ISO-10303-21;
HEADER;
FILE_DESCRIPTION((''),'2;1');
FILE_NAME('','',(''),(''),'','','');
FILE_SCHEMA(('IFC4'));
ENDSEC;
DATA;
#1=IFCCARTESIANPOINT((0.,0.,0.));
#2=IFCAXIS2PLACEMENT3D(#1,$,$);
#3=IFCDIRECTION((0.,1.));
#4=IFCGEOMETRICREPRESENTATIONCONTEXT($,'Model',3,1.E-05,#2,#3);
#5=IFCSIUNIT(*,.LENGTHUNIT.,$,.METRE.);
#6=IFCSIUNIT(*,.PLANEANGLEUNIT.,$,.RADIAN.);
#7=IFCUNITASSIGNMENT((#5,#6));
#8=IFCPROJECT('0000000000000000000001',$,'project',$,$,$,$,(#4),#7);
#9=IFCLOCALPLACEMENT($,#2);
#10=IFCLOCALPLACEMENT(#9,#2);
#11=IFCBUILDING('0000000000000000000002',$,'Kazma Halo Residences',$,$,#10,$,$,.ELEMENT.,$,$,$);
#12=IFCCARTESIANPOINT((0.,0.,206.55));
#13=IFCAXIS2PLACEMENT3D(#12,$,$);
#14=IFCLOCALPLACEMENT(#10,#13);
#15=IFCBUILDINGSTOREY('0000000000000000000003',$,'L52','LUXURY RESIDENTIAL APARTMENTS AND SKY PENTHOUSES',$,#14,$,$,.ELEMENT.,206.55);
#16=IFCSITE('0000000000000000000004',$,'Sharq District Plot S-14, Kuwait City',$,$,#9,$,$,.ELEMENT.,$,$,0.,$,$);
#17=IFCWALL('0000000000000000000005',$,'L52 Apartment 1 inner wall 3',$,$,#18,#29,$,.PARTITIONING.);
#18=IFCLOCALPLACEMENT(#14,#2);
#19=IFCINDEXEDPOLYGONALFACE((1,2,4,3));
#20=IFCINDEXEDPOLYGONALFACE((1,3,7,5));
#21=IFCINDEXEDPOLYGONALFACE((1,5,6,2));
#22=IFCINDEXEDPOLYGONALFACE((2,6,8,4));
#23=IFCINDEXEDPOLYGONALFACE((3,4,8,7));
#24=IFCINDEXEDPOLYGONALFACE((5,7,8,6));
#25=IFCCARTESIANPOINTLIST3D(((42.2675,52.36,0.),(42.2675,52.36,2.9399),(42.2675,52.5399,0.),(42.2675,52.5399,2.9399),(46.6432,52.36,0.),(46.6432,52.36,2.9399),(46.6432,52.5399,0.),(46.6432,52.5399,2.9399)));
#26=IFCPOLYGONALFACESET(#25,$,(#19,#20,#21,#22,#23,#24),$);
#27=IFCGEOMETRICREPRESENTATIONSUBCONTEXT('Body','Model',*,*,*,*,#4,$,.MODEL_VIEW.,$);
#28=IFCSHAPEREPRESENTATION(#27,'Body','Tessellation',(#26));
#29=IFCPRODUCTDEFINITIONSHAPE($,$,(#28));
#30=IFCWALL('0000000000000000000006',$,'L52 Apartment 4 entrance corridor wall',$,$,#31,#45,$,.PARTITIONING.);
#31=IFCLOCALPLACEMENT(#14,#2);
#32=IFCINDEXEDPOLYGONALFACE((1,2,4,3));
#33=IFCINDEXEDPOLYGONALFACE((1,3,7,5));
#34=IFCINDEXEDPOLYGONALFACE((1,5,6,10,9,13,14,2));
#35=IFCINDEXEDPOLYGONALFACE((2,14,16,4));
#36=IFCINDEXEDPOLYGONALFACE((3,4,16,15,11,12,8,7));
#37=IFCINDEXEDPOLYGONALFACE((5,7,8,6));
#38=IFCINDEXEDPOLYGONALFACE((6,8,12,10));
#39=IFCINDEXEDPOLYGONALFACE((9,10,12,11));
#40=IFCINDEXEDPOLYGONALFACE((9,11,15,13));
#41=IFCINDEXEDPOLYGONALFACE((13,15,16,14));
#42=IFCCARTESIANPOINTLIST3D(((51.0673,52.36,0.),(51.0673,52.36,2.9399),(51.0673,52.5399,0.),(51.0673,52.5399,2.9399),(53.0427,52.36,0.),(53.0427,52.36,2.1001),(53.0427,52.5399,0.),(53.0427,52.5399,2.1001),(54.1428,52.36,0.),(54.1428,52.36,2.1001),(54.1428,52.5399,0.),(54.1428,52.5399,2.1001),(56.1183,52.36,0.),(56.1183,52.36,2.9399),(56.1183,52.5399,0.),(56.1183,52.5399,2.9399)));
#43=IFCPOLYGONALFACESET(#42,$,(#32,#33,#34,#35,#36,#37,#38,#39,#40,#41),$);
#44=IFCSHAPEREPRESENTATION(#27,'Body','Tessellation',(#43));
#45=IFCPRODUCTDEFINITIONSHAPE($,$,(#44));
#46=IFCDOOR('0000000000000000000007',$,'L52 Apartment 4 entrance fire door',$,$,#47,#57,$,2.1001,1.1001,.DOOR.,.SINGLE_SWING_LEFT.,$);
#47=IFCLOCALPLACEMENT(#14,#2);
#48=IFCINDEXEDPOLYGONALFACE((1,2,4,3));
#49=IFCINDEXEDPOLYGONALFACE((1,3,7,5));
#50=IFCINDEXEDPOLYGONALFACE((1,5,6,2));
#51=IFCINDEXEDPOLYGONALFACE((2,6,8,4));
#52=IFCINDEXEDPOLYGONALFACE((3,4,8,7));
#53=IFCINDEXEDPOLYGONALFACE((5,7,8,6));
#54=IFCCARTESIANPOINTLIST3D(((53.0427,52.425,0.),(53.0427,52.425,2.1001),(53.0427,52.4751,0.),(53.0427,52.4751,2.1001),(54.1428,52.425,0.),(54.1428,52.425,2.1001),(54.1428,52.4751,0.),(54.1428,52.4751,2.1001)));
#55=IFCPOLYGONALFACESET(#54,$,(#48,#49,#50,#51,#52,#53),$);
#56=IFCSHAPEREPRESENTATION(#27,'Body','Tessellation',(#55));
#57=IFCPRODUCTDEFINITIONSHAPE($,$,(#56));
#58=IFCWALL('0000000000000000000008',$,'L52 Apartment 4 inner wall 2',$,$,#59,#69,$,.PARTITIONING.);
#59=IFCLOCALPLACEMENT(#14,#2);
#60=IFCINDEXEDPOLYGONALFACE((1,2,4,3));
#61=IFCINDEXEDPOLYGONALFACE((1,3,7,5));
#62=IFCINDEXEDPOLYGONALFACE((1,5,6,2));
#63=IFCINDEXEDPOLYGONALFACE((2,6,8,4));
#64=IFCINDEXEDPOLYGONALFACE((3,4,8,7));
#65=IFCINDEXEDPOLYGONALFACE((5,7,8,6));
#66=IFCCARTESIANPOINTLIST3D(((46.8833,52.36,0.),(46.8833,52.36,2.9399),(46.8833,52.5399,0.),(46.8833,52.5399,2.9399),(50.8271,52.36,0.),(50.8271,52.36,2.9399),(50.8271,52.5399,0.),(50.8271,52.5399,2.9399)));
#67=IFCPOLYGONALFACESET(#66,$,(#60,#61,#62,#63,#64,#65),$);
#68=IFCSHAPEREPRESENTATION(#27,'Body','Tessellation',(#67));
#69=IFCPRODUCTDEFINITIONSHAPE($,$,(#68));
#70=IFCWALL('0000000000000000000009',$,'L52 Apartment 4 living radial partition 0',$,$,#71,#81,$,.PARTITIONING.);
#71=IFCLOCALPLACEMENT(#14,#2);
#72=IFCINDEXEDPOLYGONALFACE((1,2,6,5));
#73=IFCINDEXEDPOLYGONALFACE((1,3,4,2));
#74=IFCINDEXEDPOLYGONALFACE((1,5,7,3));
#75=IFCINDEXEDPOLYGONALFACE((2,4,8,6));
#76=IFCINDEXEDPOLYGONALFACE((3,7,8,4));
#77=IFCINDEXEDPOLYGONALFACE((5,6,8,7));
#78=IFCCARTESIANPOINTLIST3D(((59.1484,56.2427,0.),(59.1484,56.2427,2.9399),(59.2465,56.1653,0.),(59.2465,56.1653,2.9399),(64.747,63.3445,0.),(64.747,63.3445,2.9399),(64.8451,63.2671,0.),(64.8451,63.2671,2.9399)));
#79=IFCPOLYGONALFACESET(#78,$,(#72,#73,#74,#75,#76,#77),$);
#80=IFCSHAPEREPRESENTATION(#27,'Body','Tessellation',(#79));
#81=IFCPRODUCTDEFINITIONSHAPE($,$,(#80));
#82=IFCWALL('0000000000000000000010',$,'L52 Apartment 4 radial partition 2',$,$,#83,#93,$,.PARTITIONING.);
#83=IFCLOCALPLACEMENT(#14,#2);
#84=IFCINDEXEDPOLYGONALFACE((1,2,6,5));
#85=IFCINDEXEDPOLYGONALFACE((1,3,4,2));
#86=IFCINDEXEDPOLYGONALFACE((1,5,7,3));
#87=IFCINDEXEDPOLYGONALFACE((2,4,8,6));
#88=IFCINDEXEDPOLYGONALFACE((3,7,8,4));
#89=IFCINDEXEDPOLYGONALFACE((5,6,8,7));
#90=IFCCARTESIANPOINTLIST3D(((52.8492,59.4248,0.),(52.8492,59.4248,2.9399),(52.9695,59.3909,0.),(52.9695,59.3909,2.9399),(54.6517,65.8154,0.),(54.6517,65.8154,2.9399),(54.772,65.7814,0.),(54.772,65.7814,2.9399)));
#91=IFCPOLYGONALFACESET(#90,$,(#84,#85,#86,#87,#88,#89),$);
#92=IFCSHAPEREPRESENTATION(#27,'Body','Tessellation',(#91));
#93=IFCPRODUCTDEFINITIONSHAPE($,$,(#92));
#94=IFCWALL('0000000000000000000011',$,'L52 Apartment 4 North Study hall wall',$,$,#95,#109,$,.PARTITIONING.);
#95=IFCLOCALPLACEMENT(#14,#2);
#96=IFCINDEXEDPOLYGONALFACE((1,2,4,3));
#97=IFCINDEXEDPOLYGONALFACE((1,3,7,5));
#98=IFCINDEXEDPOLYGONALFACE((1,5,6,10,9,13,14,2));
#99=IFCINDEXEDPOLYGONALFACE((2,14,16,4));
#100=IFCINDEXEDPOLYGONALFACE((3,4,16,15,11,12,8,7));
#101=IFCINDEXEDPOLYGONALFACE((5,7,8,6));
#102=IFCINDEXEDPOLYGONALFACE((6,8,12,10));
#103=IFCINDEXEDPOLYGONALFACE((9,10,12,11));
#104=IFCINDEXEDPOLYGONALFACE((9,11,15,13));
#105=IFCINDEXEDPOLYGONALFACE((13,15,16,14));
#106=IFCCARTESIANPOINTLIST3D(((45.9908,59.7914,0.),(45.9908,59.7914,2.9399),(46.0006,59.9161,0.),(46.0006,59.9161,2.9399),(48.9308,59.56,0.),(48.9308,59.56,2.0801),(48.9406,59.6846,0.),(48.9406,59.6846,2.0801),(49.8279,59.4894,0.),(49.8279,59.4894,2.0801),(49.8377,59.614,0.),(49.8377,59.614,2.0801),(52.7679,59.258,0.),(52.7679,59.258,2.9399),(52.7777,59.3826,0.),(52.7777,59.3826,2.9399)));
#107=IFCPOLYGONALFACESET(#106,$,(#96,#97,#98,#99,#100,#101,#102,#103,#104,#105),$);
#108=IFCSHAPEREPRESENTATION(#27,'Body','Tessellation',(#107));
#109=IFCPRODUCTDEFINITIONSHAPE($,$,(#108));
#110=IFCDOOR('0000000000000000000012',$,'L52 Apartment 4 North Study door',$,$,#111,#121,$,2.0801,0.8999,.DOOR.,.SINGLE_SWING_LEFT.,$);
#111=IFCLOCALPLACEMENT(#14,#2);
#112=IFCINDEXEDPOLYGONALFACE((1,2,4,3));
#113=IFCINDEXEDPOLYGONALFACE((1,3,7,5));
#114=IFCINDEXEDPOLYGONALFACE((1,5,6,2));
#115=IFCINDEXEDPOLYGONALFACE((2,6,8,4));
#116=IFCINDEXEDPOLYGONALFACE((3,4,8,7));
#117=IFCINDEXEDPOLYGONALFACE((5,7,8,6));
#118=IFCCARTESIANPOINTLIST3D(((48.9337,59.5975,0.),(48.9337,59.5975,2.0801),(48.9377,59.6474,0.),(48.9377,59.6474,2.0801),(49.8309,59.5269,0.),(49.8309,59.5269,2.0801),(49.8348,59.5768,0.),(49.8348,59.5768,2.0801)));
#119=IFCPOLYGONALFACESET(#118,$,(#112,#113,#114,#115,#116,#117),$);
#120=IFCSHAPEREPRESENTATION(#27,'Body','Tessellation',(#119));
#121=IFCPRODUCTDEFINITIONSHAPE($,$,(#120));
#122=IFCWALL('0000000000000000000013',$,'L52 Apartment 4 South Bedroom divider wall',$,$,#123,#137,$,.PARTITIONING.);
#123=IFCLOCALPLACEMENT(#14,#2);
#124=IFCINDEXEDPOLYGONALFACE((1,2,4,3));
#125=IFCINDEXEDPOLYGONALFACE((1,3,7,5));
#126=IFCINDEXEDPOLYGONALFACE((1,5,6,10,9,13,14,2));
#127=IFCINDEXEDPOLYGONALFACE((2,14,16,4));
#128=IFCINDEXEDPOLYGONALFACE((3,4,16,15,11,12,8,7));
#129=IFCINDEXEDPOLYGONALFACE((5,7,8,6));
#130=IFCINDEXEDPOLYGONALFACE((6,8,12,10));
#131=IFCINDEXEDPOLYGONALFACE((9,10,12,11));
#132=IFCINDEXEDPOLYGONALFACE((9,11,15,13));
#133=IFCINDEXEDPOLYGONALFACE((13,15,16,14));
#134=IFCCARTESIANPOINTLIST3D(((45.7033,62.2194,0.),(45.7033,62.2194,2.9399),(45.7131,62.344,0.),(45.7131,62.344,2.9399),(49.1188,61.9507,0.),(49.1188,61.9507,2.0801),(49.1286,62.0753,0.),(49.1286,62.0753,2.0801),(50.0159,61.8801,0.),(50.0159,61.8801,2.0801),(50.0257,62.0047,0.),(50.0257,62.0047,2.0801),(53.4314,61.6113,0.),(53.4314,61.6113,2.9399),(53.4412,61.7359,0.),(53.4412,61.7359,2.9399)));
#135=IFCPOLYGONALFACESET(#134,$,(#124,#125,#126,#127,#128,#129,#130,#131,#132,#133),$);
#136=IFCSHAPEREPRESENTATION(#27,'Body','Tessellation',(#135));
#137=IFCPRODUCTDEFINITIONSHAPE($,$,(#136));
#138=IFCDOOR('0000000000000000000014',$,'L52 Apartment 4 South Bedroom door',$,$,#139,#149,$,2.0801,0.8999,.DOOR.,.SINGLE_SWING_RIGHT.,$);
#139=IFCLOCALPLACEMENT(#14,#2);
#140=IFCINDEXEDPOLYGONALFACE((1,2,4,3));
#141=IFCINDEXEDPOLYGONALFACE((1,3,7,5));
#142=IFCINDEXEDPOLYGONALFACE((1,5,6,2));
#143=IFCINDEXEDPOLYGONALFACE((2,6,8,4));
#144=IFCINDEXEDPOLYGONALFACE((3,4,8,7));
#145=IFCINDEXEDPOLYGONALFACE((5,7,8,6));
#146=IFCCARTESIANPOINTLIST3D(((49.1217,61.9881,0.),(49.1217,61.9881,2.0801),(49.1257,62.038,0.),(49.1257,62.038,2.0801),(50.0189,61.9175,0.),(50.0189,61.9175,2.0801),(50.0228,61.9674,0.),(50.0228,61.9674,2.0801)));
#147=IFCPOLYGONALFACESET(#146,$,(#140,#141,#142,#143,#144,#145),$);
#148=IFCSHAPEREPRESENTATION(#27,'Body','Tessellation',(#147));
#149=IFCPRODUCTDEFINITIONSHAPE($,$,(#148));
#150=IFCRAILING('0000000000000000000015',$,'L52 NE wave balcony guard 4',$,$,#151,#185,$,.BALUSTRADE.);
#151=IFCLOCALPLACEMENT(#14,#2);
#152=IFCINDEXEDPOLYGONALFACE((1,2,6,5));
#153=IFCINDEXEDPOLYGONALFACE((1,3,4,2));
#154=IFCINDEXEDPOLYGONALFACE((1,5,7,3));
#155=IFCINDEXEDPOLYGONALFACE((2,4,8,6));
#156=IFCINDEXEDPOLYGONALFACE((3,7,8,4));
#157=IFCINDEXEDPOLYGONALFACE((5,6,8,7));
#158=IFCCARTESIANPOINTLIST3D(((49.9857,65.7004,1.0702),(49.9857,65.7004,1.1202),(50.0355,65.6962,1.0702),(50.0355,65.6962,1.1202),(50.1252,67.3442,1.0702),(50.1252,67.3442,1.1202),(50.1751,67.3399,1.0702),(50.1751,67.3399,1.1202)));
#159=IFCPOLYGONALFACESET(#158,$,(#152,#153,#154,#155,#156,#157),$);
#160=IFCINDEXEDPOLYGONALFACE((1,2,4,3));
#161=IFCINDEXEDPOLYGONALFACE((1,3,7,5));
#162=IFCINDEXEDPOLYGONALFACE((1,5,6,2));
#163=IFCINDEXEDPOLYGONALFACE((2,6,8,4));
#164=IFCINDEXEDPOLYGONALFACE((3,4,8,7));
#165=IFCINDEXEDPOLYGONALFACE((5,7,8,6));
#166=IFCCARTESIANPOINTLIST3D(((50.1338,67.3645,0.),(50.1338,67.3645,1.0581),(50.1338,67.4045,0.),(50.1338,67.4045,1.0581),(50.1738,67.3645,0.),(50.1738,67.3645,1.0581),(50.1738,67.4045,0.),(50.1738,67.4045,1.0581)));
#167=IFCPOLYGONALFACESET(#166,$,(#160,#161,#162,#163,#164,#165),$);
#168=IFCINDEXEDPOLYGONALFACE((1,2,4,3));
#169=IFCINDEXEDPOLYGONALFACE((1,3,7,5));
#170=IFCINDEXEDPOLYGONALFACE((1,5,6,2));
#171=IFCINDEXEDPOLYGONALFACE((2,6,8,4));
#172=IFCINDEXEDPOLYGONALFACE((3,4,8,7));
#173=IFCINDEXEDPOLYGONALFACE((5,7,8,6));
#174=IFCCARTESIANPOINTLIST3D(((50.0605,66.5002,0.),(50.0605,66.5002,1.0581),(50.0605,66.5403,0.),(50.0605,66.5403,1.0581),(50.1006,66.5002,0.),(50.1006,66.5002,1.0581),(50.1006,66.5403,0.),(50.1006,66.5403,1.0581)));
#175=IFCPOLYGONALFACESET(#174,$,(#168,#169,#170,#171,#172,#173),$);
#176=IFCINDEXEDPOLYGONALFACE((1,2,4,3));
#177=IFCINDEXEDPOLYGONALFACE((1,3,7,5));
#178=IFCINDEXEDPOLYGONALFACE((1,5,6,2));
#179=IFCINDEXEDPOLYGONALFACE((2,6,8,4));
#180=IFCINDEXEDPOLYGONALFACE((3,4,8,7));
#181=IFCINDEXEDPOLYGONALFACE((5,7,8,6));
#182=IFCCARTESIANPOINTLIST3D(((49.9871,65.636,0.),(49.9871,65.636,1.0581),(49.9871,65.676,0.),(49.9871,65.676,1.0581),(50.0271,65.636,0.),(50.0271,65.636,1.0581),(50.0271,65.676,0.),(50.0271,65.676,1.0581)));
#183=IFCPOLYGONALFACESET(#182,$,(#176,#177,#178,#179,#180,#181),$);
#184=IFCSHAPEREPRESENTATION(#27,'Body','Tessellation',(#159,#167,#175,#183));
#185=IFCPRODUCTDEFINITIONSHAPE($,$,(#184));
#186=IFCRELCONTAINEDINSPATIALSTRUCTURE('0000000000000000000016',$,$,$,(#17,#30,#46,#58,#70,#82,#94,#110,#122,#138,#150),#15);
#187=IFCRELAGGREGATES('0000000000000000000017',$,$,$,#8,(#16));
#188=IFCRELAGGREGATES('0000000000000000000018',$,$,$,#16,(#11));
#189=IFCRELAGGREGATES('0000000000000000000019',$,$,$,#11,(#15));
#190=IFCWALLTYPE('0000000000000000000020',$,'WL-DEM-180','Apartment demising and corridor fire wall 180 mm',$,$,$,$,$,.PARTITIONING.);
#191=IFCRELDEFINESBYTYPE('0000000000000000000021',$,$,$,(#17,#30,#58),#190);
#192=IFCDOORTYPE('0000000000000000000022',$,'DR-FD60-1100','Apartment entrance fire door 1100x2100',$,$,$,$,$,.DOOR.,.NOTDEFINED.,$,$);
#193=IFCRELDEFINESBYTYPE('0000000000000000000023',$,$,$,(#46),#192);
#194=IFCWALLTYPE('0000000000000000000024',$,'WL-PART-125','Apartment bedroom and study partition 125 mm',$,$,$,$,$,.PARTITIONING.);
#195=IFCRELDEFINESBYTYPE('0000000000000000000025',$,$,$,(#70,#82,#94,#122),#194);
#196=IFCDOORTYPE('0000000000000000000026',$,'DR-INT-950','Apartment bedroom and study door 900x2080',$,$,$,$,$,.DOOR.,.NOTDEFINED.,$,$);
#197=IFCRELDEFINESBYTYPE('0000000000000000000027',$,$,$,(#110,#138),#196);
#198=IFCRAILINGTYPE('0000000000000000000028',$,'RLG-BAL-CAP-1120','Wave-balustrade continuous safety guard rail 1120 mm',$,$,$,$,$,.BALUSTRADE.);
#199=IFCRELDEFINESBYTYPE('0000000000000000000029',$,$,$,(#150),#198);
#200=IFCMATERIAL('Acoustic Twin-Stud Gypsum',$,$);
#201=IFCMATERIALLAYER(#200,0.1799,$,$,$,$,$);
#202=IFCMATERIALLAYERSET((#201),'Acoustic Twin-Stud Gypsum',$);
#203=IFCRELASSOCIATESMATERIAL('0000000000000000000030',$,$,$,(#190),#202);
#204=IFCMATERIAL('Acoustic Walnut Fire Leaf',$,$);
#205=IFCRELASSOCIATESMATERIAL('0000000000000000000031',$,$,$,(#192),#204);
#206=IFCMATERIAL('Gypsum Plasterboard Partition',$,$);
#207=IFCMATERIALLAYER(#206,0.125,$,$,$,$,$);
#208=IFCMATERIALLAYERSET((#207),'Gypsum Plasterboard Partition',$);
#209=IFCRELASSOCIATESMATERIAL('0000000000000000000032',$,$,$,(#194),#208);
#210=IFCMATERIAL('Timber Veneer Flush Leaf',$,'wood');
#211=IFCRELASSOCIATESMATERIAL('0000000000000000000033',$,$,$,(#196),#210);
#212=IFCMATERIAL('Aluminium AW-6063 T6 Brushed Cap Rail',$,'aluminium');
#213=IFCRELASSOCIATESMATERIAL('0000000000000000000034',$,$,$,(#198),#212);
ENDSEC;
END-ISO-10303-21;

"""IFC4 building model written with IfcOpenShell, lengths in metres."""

from ifc_helpers import new_model, si_unit, direction, frame, frame_2d, origin, origin_2d, place, context, subcontext, project, spatial, rectangle, extrude, material, layer, layer_set, type_object, element, fill, save


model = new_model("IFC4")

# Units and contexts
model_context = context("Model", 3, precision=1e-05, world=origin(), true_north=direction((0.0, 1.0)))
body_context = subcontext(model_context, "Body", "Model", "MODEL_VIEW")
ifc_project = project(units=[si_unit("LENGTHUNIT", "METRE"), si_unit("PLANEANGLEUNIT", "RADIAN")], contexts=[model_context])

# Site, building, storey
site_placement = place(None, origin())
site = spatial("IfcSite", under=ifc_project, at=site_placement, Name="Sharq District Plot S-14, Kuwait City", CompositionType="ELEMENT", RefElevation=0.0)
building_placement = place(site_placement, origin())
building = spatial("IfcBuilding", under=site, at=building_placement, Name="Kazma Halo Residences", CompositionType="ELEMENT")
storey_placement = place(building_placement, frame((0.0, 0.0, 206.55)))
storey = spatial("IfcBuildingStorey", under=building, at=storey_placement, Name="L52", Description="LUXURY RESIDENTIAL APARTMENTS AND SKY PENTHOUSES", CompositionType="ELEMENT", Elevation=206.55)

# Wall
ifc_material_1 = material(Name="Acoustic Twin-Stud Gypsum")
ifc_layer_1 = layer(ifc_material_1, 0.1799)
ifc_layer_set_1 = layer_set([ifc_layer_1], Name="Acoustic Twin-Stud Gypsum")
wall_type_1 = type_object("IfcWallType", Name="WL-DEM-180", Description="Apartment demising and corridor fire wall 180 mm", PredefinedType="PARTITIONING", material=ifc_layer_set_1)
wall_1_placement = place(storey_placement, frame((46.6433, 52.45, 0.0), z_axis=(0.0, 0.0, 1.0), x_axis=(-1.0, 0.0, 0.0)))
element("IfcWall", 1, at=wall_1_placement, inside=storey, type_object=wall_type_1, Name="L52 Apartment 1 inner wall 3", PredefinedType="PARTITIONING", context=body_context, shape_type="SweptSolid", body=[
    extrude(rectangle(XDim=4.3757, YDim=0.1799, at=frame_2d((2.188, 0.0))), origin(), (0.0, 0.0, 1.0), 2.9399),
])

# Wall, opening, door
wall_2_placement = place(storey_placement, frame((56.1182, 52.45, 0.0), z_axis=(0.0, 0.0, 1.0), x_axis=(-1.0, 0.0, 0.0)))
wall_2 = element("IfcWall", 2, at=wall_2_placement, inside=storey, type_object=wall_type_1, Name="L52 Apartment 4 entrance corridor wall", PredefinedType="PARTITIONING", context=body_context, shape_type="SweptSolid", body=[
    extrude(rectangle(XDim=5.051, YDim=0.1799, at=frame_2d((2.5254, 0.0))), origin(), (0.0, 0.0, 1.0), 2.9399),
])
opening_1_placement = place(wall_2_placement, frame((1.9753, 0.0, 0.0)))
opening_1 = element("IfcOpeningElement", 3, at=opening_1_placement, cuts=wall_2, PredefinedType="OPENING", context=body_context, shape_type="SweptSolid", body=[
    extrude(rectangle(XDim=1.1001, YDim=2.1001, at=frame_2d((0.55, 1.05))), frame((0.0, 0.0999, 0.0), z_axis=(0.0, -1.0, 0.0), x_axis=(1.0, 0.0, 0.0)), (0.0, 0.0, 1.0), 0.2),
])
ifc_material_2 = material(Name="Acoustic Walnut Fire Leaf")
door_type_1 = type_object("IfcDoorType", Name="DR-FD60-1100", Description="Apartment entrance fire door 1100x2100", OperationType="NOTDEFINED", PredefinedType="DOOR", material=ifc_material_2)
door_1_placement = place(opening_1_placement, origin())
door_1 = element("IfcDoor", 4, at=door_1_placement, inside=storey, type_object=door_type_1, Name="L52 Apartment 4 entrance fire door", OperationType="SINGLE_SWING_LEFT", OverallHeight=2.1001, OverallWidth=1.1001, PredefinedType="DOOR", context=body_context, shape_type="SweptSolid", body=[
    extrude(rectangle(XDim=1.1001, YDim=2.1001, at=frame_2d((0.55, 1.05))), frame((0.0, 0.0249, 0.0), z_axis=(0.0, -1.0, 0.0), x_axis=(1.0, 0.0, 0.0)), (0.0, 0.0, 1.0), 0.05),
])
fill(opening_1, door_1)

# Walls
wall_3_placement = place(storey_placement, frame((50.8271, 52.45, 0.0), z_axis=(0.0, 0.0, 1.0), x_axis=(-1.0, 0.0, 0.0)))
element("IfcWall", 5, at=wall_3_placement, inside=storey, type_object=wall_type_1, Name="L52 Apartment 4 inner wall 2", PredefinedType="PARTITIONING", context=body_context, shape_type="SweptSolid", body=[
    extrude(rectangle(XDim=3.9438, YDim=0.1799, at=frame_2d((1.9719, 0.0))), origin(), (0.0, 0.0, 1.0), 2.9399),
])
ifc_material_3 = material(Name="Gypsum Plasterboard Partition")
ifc_layer_2 = layer(ifc_material_3, 0.125)
ifc_layer_set_2 = layer_set([ifc_layer_2], Name="Gypsum Plasterboard Partition")
wall_type_2 = type_object("IfcWallType", Name="WL-PART-125", Description="Apartment bedroom and study partition 125 mm", PredefinedType="PARTITIONING", material=ifc_layer_set_2)
wall_4_placement = place(storey_placement, frame((59.1975, 56.2041, 0.0), z_axis=(0.0, 0.0, 1.0), x_axis=(0.619095, 0.785316, 0.0)))
element("IfcWall", 6, at=wall_4_placement, inside=storey, type_object=wall_type_2, Name="L52 Apartment 4 living radial partition 0", PredefinedType="PARTITIONING", context=body_context, shape_type="SweptSolid", body=[
    extrude(rectangle(XDim=9.0432, YDim=0.125, at=frame_2d((4.5215, 0.0))), origin(), (0.0, 0.0, 1.0), 2.9399),
])
wall_5_placement = place(storey_placement, frame((52.9094, 59.408, 0.0), z_axis=(0.0, 0.0, 1.0), x_axis=(0.271461, 0.962449, 0.0)))
element("IfcWall", 7, at=wall_5_placement, inside=storey, type_object=wall_type_2, Name="L52 Apartment 4 radial partition 2", PredefinedType="PARTITIONING", context=body_context, shape_type="SweptSolid", body=[
    extrude(rectangle(XDim=6.6399, YDim=0.125, at=frame_2d((3.3198, 0.0))), origin(), (0.0, 0.0, 1.0), 2.9399),
])

# Walls, openings, doors
wall_6_placement = place(storey_placement, frame((52.7727, 59.3203, 0.0), z_axis=(0.0, 0.0, 1.0), x_axis=(-0.996916, 0.07847, 0.0)))
wall_6 = element("IfcWall", 8, at=wall_6_placement, inside=storey, type_object=wall_type_2, Name="L52 Apartment 4 North Study hall wall", PredefinedType="PARTITIONING", context=body_context, shape_type="SweptSolid", body=[
    extrude(rectangle(XDim=6.7981, YDim=0.125, at=frame_2d((3.3989, 0.0))), origin(), (0.0, 0.0, 1.0), 2.9399),
])
opening_2_placement = place(wall_6_placement, frame((2.949, 0.0, 0.0)))
opening_2 = element("IfcOpeningElement", 9, at=opening_2_placement, cuts=wall_6, PredefinedType="OPENING", context=body_context, shape_type="SweptSolid", body=[
    extrude(rectangle(XDim=0.8999, YDim=2.0801, at=frame_2d((0.45, 1.04))), frame((0.0, 0.0725, 0.0), z_axis=(0.0, -1.0, 0.0), x_axis=(1.0, 0.0, 0.0)), (0.0, 0.0, 1.0), 0.145),
])
ifc_material_4 = material(Name="Timber Veneer Flush Leaf", Category="wood")
door_type_2 = type_object("IfcDoorType", Name="DR-INT-950", Description="Apartment bedroom and study door 900x2080", OperationType="NOTDEFINED", PredefinedType="DOOR", material=ifc_material_4)
door_2_placement = place(opening_2_placement, origin())
door_2 = element("IfcDoor", 10, at=door_2_placement, inside=storey, type_object=door_type_2, Name="L52 Apartment 4 North Study door", OperationType="SINGLE_SWING_LEFT", OverallHeight=2.0801, OverallWidth=0.8999, PredefinedType="DOOR", context=body_context, shape_type="SweptSolid", body=[
    extrude(rectangle(XDim=0.8999, YDim=2.0801, at=frame_2d((0.45, 1.04))), frame((0.0, 0.0249, 0.0), z_axis=(0.0, -1.0, 0.0), x_axis=(1.0, 0.0, 0.0)), (0.0, 0.0, 1.0), 0.05),
])
fill(opening_2, door_2)
wall_7_placement = place(storey_placement, frame((53.4363, 61.6736, 0.0), z_axis=(0.0, 0.0, 1.0), x_axis=(-0.996918, 0.078452, 0.0)))
wall_7 = element("IfcWall", 11, at=wall_7_placement, inside=storey, type_object=wall_type_2, Name="L52 Apartment 4 South Bedroom divider wall", PredefinedType="PARTITIONING", context=body_context, shape_type="SweptSolid", body=[
    extrude(rectangle(XDim=7.752, YDim=0.125, at=frame_2d((3.876, 0.0))), origin(), (0.0, 0.0, 1.0), 2.9399),
])
opening_3_placement = place(wall_7_placement, frame((3.426, 0.0, 0.0)))
opening_3 = element("IfcOpeningElement", 12, at=opening_3_placement, cuts=wall_7, PredefinedType="OPENING", context=body_context, shape_type="SweptSolid", body=[
    extrude(rectangle(XDim=0.8999, YDim=2.0801, at=frame_2d((0.45, 1.04))), frame((0.0, 0.0725, 0.0), z_axis=(0.0, -1.0, 0.0), x_axis=(1.0, 0.0, 0.0)), (0.0, 0.0, 1.0), 0.145),
])
door_3_placement = place(opening_3_placement, origin())
door_3 = element("IfcDoor", 13, at=door_3_placement, inside=storey, type_object=door_type_2, Name="L52 Apartment 4 South Bedroom door", OperationType="SINGLE_SWING_RIGHT", OverallHeight=2.0801, OverallWidth=0.8999, PredefinedType="DOOR", context=body_context, shape_type="SweptSolid", body=[
    extrude(rectangle(XDim=0.8999, YDim=2.0801, at=frame_2d((0.45, 1.04))), frame((0.0, 0.0249, 0.0), z_axis=(0.0, -1.0, 0.0), x_axis=(1.0, 0.0, 0.0)), (0.0, 0.0, 1.0), 0.05),
])
fill(opening_3, door_3)

# Railing
ifc_material_5 = material(Name="Aluminium AW-6063 T6 Brushed Cap Rail", Category="aluminium")
railing_type = type_object("IfcRailingType", Name="RLG-BAL-CAP-1120", Description="Wave-balustrade continuous safety guard rail 1120 mm", PredefinedType="BALUSTRADE", material=ifc_material_5)
railing_1_placement = place(storey_placement, frame((50.1538, 67.3845, 0.0)))
element("IfcRailing", 14, at=railing_1_placement, inside=storey, type_object=railing_type, Name="L52 NE wave balcony guard 4", PredefinedType="BALUSTRADE", context=body_context, shape_type="SweptSolid", body=[
    extrude(rectangle(XDim=0.05, YDim=0.05, at=origin_2d()), frame((-0.0037, -0.0425, 1.0952), z_axis=(-0.084583, -0.996416, 0.0), x_axis=(0.996416, -0.084583, 0.0)), (0.0, 0.0, 1.0), 1.6497),
    extrude(rectangle(XDim=0.04, YDim=0.04, at=origin_2d()), origin(), (0.0, 0.0, 1.0), 1.0581),
    extrude(rectangle(XDim=0.04, YDim=0.04, at=origin_2d()), frame((-0.0732, -0.8643, 0.0)), (0.0, 0.0, 1.0), 1.0581),
    extrude(rectangle(XDim=0.04, YDim=0.04, at=origin_2d()), frame((-0.1467, -1.7285, 0.0)), (0.0, 0.0, 1.0), 1.0581),
])

save(model, "model.ifc")
